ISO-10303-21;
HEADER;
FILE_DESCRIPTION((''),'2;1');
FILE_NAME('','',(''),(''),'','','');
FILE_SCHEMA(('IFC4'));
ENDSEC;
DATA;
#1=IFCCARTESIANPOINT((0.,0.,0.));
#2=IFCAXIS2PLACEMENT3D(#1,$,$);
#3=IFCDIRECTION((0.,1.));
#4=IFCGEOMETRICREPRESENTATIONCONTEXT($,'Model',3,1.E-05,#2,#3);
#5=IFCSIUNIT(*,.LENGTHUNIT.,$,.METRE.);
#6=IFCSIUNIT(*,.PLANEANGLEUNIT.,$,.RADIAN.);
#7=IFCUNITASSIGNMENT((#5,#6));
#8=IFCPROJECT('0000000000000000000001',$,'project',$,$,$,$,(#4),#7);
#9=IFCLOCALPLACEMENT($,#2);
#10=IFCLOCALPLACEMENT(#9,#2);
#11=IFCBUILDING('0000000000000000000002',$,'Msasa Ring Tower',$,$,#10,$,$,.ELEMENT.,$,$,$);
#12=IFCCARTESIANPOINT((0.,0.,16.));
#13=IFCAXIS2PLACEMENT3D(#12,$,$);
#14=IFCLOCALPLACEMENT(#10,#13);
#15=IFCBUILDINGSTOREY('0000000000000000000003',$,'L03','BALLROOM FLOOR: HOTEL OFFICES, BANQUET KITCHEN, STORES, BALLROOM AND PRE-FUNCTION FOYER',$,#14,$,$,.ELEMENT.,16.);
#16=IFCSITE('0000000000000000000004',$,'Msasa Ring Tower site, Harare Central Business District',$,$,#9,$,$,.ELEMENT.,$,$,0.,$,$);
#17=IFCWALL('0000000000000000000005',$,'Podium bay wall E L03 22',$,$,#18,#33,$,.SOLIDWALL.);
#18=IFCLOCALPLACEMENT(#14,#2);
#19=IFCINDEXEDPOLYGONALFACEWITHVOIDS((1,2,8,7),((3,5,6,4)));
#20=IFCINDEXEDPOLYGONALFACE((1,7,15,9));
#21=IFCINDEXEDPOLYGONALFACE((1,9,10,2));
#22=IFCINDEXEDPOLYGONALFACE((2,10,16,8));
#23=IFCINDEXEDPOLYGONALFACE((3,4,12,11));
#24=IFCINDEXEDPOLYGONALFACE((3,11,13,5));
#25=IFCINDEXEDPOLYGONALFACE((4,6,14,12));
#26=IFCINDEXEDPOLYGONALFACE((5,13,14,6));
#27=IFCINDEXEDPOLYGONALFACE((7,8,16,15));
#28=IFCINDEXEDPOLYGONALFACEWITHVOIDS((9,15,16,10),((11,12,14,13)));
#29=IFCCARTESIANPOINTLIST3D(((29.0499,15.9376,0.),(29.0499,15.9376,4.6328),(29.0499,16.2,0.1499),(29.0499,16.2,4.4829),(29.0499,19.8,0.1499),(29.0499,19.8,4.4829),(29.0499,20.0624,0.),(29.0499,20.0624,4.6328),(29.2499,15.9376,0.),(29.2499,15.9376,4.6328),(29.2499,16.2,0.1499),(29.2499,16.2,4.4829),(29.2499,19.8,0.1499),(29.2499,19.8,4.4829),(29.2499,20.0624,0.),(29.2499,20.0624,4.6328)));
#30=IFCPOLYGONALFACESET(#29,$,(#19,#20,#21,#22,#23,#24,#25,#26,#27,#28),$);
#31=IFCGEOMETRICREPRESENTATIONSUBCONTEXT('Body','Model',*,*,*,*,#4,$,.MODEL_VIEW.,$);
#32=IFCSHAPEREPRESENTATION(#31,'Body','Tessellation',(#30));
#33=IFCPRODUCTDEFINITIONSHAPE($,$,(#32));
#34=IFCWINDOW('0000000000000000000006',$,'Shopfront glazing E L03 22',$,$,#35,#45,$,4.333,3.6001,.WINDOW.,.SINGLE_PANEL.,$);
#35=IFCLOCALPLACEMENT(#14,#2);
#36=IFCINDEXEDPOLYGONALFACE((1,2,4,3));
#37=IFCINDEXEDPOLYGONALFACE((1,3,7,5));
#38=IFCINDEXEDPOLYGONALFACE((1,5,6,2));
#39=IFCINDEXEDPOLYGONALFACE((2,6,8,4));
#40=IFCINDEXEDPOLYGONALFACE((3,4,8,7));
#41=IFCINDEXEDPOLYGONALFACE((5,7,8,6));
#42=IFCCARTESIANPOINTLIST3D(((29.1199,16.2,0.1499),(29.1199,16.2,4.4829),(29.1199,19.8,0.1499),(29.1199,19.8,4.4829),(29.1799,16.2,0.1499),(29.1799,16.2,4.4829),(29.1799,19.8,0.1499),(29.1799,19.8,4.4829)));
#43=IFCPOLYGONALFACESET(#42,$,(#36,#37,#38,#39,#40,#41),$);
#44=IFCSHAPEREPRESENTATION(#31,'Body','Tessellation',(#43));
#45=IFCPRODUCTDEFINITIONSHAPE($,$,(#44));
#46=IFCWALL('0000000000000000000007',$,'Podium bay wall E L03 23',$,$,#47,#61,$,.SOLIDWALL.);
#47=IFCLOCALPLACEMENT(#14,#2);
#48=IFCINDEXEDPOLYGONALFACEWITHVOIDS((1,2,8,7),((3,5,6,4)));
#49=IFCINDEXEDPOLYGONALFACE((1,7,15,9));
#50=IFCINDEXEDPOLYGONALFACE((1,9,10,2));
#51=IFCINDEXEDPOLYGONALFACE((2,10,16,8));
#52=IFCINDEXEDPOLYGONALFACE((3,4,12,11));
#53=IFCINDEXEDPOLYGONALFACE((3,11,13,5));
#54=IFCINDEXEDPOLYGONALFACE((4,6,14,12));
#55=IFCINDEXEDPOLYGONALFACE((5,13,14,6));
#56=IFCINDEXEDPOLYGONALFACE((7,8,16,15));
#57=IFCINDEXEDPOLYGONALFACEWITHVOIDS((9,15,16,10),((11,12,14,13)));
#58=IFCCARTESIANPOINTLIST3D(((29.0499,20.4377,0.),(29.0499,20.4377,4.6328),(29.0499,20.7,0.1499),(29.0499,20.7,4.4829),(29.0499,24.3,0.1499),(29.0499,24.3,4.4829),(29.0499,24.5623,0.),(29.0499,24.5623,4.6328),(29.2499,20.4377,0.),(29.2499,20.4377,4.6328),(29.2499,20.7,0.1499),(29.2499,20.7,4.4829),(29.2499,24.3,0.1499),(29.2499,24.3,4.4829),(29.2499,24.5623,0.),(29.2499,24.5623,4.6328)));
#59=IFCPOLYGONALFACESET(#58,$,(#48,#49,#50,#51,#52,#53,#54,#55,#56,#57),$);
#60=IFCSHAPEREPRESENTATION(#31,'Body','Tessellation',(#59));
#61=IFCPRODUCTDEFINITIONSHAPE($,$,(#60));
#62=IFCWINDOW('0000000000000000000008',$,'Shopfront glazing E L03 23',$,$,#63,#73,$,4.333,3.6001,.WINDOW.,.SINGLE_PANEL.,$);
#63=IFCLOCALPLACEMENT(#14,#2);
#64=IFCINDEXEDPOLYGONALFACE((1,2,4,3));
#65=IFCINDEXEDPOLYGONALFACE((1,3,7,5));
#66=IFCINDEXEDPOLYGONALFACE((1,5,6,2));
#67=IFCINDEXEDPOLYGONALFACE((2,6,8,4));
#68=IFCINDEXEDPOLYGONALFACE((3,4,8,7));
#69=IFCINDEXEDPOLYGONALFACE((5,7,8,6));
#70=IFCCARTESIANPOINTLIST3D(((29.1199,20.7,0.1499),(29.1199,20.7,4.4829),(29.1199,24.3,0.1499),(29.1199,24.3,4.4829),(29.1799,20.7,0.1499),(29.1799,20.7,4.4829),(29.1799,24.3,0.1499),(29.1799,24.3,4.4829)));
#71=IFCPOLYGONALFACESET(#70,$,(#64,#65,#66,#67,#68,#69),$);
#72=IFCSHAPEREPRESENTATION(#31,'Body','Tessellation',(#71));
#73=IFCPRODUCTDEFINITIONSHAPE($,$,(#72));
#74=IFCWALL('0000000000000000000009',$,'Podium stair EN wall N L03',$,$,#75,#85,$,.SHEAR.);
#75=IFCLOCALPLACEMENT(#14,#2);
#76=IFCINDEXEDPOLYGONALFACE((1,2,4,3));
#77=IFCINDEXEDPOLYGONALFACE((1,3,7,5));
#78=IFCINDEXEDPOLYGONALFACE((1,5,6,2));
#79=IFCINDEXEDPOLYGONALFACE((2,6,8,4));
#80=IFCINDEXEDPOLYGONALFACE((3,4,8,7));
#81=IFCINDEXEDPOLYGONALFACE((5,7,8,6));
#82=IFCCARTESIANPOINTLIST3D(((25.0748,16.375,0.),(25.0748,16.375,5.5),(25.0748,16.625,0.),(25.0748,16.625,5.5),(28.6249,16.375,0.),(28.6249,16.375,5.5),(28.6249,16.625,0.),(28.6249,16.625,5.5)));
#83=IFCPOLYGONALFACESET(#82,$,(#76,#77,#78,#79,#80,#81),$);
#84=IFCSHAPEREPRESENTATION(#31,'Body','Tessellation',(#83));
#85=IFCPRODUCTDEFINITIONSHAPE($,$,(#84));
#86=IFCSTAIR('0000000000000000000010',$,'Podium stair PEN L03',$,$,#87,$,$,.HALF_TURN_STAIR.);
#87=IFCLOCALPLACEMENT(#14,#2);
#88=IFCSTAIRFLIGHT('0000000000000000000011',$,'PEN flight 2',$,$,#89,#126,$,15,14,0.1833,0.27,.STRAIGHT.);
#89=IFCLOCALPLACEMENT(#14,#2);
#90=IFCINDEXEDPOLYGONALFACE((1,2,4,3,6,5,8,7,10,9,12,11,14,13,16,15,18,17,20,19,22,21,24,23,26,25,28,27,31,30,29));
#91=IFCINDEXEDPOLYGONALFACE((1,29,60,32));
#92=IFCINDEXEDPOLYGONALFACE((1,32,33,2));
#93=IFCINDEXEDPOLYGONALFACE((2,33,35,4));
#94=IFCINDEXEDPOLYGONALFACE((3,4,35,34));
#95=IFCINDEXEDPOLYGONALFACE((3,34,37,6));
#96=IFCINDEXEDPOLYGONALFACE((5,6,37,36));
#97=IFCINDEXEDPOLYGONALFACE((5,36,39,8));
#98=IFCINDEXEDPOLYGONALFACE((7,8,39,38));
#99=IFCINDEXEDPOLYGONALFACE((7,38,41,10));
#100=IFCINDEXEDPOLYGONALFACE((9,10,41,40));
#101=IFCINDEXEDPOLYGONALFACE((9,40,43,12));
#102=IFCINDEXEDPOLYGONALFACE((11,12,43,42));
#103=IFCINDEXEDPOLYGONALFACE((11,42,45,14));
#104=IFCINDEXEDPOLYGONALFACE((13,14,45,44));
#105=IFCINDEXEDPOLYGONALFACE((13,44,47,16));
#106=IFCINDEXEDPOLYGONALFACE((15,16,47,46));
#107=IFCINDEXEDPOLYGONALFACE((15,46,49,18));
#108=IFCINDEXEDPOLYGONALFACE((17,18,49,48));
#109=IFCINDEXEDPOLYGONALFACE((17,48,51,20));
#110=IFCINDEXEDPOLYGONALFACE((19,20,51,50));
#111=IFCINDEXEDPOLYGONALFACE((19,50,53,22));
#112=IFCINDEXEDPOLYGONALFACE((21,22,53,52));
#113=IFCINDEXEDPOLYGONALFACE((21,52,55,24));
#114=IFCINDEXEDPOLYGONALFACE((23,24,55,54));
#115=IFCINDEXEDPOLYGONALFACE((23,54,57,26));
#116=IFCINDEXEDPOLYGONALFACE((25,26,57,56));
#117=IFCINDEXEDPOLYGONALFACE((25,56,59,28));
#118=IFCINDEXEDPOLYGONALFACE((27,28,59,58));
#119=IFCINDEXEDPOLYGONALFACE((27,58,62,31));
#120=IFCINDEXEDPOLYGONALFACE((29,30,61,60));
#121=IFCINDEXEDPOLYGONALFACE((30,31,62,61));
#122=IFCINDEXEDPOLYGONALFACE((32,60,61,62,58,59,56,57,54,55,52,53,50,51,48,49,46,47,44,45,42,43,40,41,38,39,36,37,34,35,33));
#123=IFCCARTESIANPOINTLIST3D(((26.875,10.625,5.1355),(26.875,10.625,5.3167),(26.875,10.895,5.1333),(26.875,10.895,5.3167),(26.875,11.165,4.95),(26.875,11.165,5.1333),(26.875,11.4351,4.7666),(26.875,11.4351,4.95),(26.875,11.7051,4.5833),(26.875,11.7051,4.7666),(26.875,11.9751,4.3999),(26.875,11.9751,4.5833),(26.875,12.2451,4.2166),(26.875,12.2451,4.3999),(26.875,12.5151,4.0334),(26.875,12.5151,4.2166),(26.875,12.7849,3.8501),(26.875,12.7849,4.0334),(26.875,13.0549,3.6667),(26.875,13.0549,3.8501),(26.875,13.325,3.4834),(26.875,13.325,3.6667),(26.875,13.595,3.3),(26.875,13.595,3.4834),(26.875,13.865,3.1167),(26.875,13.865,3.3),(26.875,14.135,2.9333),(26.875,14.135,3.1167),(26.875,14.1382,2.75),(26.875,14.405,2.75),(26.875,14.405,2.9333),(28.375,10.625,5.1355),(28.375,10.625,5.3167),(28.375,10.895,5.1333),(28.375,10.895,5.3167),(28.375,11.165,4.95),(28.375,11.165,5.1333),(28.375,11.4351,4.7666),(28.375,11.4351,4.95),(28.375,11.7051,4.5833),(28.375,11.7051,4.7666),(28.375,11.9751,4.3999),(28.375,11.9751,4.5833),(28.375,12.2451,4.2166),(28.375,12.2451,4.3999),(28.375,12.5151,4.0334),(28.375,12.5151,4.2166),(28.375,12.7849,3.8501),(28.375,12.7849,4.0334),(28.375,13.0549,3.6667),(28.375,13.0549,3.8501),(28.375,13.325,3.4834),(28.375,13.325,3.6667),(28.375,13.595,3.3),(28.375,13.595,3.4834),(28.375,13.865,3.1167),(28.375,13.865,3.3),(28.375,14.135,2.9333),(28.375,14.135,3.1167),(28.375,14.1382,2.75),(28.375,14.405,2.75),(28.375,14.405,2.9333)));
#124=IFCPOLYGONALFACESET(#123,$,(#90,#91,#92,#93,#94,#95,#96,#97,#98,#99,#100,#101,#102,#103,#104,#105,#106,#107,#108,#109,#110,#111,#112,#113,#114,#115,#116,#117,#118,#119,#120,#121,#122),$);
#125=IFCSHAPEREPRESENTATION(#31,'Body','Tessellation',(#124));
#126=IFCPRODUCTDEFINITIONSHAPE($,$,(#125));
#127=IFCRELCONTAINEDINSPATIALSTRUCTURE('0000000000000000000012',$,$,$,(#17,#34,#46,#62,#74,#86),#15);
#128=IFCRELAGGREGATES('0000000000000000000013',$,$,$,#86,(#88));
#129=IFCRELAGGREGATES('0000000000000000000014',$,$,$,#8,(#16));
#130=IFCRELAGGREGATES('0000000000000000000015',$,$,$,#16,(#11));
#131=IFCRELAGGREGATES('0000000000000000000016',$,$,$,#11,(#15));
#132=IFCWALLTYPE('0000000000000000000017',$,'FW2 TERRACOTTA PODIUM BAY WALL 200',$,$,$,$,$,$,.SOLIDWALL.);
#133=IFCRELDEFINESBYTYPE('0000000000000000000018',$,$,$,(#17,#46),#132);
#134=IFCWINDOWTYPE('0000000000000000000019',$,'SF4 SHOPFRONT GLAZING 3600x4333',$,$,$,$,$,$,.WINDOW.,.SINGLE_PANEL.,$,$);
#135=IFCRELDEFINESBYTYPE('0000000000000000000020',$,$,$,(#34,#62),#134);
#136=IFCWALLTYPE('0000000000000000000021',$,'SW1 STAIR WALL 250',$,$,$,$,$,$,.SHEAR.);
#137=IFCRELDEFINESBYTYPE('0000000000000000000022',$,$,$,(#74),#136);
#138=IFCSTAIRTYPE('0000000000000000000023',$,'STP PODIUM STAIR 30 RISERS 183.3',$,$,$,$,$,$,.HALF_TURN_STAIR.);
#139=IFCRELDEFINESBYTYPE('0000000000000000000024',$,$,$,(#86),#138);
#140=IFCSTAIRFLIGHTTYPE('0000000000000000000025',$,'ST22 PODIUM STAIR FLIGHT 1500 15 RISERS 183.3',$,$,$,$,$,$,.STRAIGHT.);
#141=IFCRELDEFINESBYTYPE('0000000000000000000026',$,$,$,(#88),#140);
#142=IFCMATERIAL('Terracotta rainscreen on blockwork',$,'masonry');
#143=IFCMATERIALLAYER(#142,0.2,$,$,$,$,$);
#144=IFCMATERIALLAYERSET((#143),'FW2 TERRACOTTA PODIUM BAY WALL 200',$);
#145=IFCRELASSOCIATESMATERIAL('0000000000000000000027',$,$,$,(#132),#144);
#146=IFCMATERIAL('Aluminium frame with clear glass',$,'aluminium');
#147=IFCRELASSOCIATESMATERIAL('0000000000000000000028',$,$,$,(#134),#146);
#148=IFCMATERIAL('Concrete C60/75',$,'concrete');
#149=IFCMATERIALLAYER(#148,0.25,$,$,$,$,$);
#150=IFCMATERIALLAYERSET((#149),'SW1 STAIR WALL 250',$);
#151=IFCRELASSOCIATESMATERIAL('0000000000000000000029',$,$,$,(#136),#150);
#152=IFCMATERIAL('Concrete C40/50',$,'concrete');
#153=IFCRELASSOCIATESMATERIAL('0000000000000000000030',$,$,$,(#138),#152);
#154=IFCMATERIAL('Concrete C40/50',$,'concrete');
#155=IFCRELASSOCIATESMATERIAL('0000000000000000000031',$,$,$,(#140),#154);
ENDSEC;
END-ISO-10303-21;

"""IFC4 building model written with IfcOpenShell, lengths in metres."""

from ifc_helpers import new_model, si_unit, direction, frame, frame_2d, origin, place, context, subcontext, project, spatial, polyline, rectangle, outline, extrude, material, layer, layer_set, type_object, element, fill, aggregate, save


model = new_model("IFC4")

# Units and contexts
model_context = context("Model", 3, precision=1e-05, world=origin(), true_north=direction((0.0, 1.0)))
body_context = subcontext(model_context, "Body", "Model", "MODEL_VIEW")
ifc_project = project(units=[si_unit("LENGTHUNIT", "METRE"), si_unit("PLANEANGLEUNIT", "RADIAN")], contexts=[model_context])

# Site, building, storey
site_placement = place(None, origin())
site = spatial("IfcSite", under=ifc_project, at=site_placement, Name="Msasa Ring Tower site, Harare Central Business District", CompositionType="ELEMENT", RefElevation=0.0)
building_placement = place(site_placement, origin())
building = spatial("IfcBuilding", under=site, at=building_placement, Name="Msasa Ring Tower", CompositionType="ELEMENT")
storey_placement = place(building_placement, frame((0.0, 0.0, 16.0)))
storey = spatial("IfcBuildingStorey", under=building, at=storey_placement, Name="L03", Description="BALLROOM FLOOR: HOTEL OFFICES, BANQUET KITCHEN, STORES, BALLROOM AND PRE-FUNCTION FOYER", CompositionType="ELEMENT", Elevation=16.0)

# Walls, openings, windows
ifc_material_1 = material(Name="Terracotta rainscreen on blockwork", Category="masonry")
ifc_layer_1 = layer(ifc_material_1, 0.2)
ifc_layer_set_1 = layer_set([ifc_layer_1], Name="FW2 TERRACOTTA PODIUM BAY WALL 200")
wall_type_1 = type_object("IfcWallType", Name="FW2 TERRACOTTA PODIUM BAY WALL 200", PredefinedType="SOLIDWALL", material=ifc_layer_set_1)
ifc_material_2 = material(Name="Aluminium frame with clear glass", Category="aluminium")
window_type = type_object("IfcWindowType", Name="SF4 SHOPFRONT GLAZING 3600x4333", PartitioningType="SINGLE_PANEL", PredefinedType="WINDOW", material=ifc_material_2)
wall_1_placement = place(storey_placement, frame((29.1499, 15.9375, 0.0), z_axis=(0.0, 0.0, 1.0), x_axis=(0.0, 1.0, 0.0)))
wall_1 = element("IfcWall", 1, at=wall_1_placement, inside=storey, type_object=wall_type_1, Name="Podium bay wall E L03 22", PredefinedType="SOLIDWALL", context=body_context, shape_type="SweptSolid", body=[
    extrude(rectangle(XDim=4.1248, YDim=0.2, at=frame_2d((2.0625, 0.0))), origin(), (0.0, 0.0, 1.0), 4.6328),
])
opening_1_placement = place(wall_1_placement, frame((0.2625, 0.0, 0.1499)))
opening_1 = element("IfcOpeningElement", 2, at=opening_1_placement, cuts=wall_1, PredefinedType="OPENING", context=body_context, shape_type="SweptSolid", body=[
    extrude(rectangle(XDim=3.6001, YDim=4.333, at=frame_2d((1.8, 2.1665))), frame((0.0, 0.1099, 0.0), z_axis=(0.0, -1.0, 0.0), x_axis=(1.0, 0.0, 0.0)), (0.0, 0.0, 1.0), 0.22),
])
window_1_placement = place(opening_1_placement, origin())
window_1 = element("IfcWindow", 3, at=window_1_placement, inside=storey, type_object=window_type, Name="Shopfront glazing E L03 22", OverallHeight=4.333, OverallWidth=3.6001, PartitioningType="SINGLE_PANEL", PredefinedType="WINDOW", context=body_context, shape_type="SweptSolid", body=[
    extrude(rectangle(XDim=3.6001, YDim=4.333, at=frame_2d((1.8, 2.1665))), frame((0.0, 0.03, 0.0), z_axis=(0.0, -1.0, 0.0), x_axis=(1.0, 0.0, 0.0)), (0.0, 0.0, 1.0), 0.0601),
])
fill(opening_1, window_1)
wall_2_placement = place(storey_placement, frame((29.1499, 20.4377, 0.0), z_axis=(0.0, 0.0, 1.0), x_axis=(0.0, 1.0, 0.0)))
wall_2 = element("IfcWall", 4, at=wall_2_placement, inside=storey, type_object=wall_type_1, Name="Podium bay wall E L03 23", PredefinedType="SOLIDWALL", context=body_context, shape_type="SweptSolid", body=[
    extrude(rectangle(XDim=4.1245, YDim=0.2, at=frame_2d((2.0623, 0.0))), origin(), (0.0, 0.0, 1.0), 4.6328),
])
opening_2_placement = place(wall_2_placement, frame((0.2622, 0.0, 0.1499)))
opening_2 = element("IfcOpeningElement", 5, at=opening_2_placement, cuts=wall_2, PredefinedType="OPENING", context=body_context, shape_type="SweptSolid", body=[
    extrude(rectangle(XDim=3.6001, YDim=4.333, at=frame_2d((1.8, 2.1665))), frame((0.0, 0.1099, 0.0), z_axis=(0.0, -1.0, 0.0), x_axis=(1.0, 0.0, 0.0)), (0.0, 0.0, 1.0), 0.22),
])
window_2_placement = place(opening_2_placement, origin())
window_2 = element("IfcWindow", 6, at=window_2_placement, inside=storey, type_object=window_type, Name="Shopfront glazing E L03 23", OverallHeight=4.333, OverallWidth=3.6001, PartitioningType="SINGLE_PANEL", PredefinedType="WINDOW", context=body_context, shape_type="SweptSolid", body=[
    extrude(rectangle(XDim=3.6001, YDim=4.333, at=frame_2d((1.8, 2.1665))), frame((0.0, 0.03, 0.0), z_axis=(0.0, -1.0, 0.0), x_axis=(1.0, 0.0, 0.0)), (0.0, 0.0, 1.0), 0.0601),
])
fill(opening_2, window_2)

# Wall
ifc_material_3 = material(Name="Concrete C60/75", Category="concrete")
ifc_layer_2 = layer(ifc_material_3, 0.25)
ifc_layer_set_2 = layer_set([ifc_layer_2], Name="SW1 STAIR WALL 250")
wall_type_2 = type_object("IfcWallType", Name="SW1 STAIR WALL 250", PredefinedType="SHEAR", material=ifc_layer_set_2)
wall_3_placement = place(storey_placement, frame((25.075, 16.5, 0.0), z_axis=(0.0, 0.0, 1.0), x_axis=(1.0, 0.0, 0.0)))
element("IfcWall", 7, at=wall_3_placement, inside=storey, type_object=wall_type_2, Name="Podium stair EN wall N L03", PredefinedType="SHEAR", context=body_context, shape_type="SweptSolid", body=[
    extrude(rectangle(XDim=3.55, YDim=0.25, at=frame_2d((1.7749, 0.0))), origin(), (0.0, 0.0, 1.0), 5.5),
])

# Stair, stair flight
ifc_material_4 = material(Name="Concrete C40/50", Category="concrete")
stair_type = type_object("IfcStairType", Name="STP PODIUM STAIR 30 RISERS 183.3", PredefinedType="HALF_TURN_STAIR", material=ifc_material_4)
stair_placement = place(storey_placement, origin())
stair = element("IfcStair", 8, at=stair_placement, inside=storey, type_object=stair_type, Name="Podium stair PEN L03", PredefinedType="HALF_TURN_STAIR")
ifc_material_5 = material(Name="Concrete C40/50", Category="concrete")
stair_flight_type = type_object("IfcStairFlightType", Name="ST22 PODIUM STAIR FLIGHT 1500 15 RISERS 183.3", PredefinedType="STRAIGHT", material=ifc_material_5)
stair_flight_placement = place(storey_placement, frame((27.625, 14.405, 2.75), z_axis=(0.0, 0.0, 1.0), x_axis=(0.0, -1.0, 0.0)))
stair_flight = element("IfcStairFlight", 9, at=stair_flight_placement, type_object=stair_flight_type, Name="PEN flight 2", NumberOfRisers=15, NumberOfTreads=14, PredefinedType="STRAIGHT", RiserHeight=0.1833, TreadLength=0.27, context=body_context, shape_type="SweptSolid", body=[
    extrude(outline(polyline([(0.0, 0.0), (0.0, 0.1833), (0.27, 0.1833), (0.27, 0.3667), (0.54, 0.3667), (0.54, 0.55), (0.8101, 0.55), (0.8101, 0.7334), (1.0801, 0.7334), (1.0801, 0.9167), (1.3501, 0.9167), (1.3501, 1.1001), (1.6201, 1.1001), (1.6201, 1.2834), (1.8899, 1.2834), (1.8899, 1.4666), (2.1599, 1.4666), (2.1599, 1.6499), (2.4299, 1.6499), (2.4299, 1.8333), (2.7, 1.8333), (2.7, 2.0166), (2.97, 2.0166), (2.97, 2.2), (3.24, 2.2), (3.24, 2.3833), (3.51, 2.3833), (3.51, 2.5667), (3.78, 2.5667), (3.78, 2.75), (3.78, 2.3855), (0.2668, 0.0), (0.0, 0.0)])), frame((0.0, 0.75, 0.0), z_axis=(0.0, -1.0, 0.0), x_axis=(1.0, 0.0, 0.0)), (0.0, 0.0, 1.0), 1.5),
])
aggregate(stair, [stair_flight])

save(model, "model.ifc")
